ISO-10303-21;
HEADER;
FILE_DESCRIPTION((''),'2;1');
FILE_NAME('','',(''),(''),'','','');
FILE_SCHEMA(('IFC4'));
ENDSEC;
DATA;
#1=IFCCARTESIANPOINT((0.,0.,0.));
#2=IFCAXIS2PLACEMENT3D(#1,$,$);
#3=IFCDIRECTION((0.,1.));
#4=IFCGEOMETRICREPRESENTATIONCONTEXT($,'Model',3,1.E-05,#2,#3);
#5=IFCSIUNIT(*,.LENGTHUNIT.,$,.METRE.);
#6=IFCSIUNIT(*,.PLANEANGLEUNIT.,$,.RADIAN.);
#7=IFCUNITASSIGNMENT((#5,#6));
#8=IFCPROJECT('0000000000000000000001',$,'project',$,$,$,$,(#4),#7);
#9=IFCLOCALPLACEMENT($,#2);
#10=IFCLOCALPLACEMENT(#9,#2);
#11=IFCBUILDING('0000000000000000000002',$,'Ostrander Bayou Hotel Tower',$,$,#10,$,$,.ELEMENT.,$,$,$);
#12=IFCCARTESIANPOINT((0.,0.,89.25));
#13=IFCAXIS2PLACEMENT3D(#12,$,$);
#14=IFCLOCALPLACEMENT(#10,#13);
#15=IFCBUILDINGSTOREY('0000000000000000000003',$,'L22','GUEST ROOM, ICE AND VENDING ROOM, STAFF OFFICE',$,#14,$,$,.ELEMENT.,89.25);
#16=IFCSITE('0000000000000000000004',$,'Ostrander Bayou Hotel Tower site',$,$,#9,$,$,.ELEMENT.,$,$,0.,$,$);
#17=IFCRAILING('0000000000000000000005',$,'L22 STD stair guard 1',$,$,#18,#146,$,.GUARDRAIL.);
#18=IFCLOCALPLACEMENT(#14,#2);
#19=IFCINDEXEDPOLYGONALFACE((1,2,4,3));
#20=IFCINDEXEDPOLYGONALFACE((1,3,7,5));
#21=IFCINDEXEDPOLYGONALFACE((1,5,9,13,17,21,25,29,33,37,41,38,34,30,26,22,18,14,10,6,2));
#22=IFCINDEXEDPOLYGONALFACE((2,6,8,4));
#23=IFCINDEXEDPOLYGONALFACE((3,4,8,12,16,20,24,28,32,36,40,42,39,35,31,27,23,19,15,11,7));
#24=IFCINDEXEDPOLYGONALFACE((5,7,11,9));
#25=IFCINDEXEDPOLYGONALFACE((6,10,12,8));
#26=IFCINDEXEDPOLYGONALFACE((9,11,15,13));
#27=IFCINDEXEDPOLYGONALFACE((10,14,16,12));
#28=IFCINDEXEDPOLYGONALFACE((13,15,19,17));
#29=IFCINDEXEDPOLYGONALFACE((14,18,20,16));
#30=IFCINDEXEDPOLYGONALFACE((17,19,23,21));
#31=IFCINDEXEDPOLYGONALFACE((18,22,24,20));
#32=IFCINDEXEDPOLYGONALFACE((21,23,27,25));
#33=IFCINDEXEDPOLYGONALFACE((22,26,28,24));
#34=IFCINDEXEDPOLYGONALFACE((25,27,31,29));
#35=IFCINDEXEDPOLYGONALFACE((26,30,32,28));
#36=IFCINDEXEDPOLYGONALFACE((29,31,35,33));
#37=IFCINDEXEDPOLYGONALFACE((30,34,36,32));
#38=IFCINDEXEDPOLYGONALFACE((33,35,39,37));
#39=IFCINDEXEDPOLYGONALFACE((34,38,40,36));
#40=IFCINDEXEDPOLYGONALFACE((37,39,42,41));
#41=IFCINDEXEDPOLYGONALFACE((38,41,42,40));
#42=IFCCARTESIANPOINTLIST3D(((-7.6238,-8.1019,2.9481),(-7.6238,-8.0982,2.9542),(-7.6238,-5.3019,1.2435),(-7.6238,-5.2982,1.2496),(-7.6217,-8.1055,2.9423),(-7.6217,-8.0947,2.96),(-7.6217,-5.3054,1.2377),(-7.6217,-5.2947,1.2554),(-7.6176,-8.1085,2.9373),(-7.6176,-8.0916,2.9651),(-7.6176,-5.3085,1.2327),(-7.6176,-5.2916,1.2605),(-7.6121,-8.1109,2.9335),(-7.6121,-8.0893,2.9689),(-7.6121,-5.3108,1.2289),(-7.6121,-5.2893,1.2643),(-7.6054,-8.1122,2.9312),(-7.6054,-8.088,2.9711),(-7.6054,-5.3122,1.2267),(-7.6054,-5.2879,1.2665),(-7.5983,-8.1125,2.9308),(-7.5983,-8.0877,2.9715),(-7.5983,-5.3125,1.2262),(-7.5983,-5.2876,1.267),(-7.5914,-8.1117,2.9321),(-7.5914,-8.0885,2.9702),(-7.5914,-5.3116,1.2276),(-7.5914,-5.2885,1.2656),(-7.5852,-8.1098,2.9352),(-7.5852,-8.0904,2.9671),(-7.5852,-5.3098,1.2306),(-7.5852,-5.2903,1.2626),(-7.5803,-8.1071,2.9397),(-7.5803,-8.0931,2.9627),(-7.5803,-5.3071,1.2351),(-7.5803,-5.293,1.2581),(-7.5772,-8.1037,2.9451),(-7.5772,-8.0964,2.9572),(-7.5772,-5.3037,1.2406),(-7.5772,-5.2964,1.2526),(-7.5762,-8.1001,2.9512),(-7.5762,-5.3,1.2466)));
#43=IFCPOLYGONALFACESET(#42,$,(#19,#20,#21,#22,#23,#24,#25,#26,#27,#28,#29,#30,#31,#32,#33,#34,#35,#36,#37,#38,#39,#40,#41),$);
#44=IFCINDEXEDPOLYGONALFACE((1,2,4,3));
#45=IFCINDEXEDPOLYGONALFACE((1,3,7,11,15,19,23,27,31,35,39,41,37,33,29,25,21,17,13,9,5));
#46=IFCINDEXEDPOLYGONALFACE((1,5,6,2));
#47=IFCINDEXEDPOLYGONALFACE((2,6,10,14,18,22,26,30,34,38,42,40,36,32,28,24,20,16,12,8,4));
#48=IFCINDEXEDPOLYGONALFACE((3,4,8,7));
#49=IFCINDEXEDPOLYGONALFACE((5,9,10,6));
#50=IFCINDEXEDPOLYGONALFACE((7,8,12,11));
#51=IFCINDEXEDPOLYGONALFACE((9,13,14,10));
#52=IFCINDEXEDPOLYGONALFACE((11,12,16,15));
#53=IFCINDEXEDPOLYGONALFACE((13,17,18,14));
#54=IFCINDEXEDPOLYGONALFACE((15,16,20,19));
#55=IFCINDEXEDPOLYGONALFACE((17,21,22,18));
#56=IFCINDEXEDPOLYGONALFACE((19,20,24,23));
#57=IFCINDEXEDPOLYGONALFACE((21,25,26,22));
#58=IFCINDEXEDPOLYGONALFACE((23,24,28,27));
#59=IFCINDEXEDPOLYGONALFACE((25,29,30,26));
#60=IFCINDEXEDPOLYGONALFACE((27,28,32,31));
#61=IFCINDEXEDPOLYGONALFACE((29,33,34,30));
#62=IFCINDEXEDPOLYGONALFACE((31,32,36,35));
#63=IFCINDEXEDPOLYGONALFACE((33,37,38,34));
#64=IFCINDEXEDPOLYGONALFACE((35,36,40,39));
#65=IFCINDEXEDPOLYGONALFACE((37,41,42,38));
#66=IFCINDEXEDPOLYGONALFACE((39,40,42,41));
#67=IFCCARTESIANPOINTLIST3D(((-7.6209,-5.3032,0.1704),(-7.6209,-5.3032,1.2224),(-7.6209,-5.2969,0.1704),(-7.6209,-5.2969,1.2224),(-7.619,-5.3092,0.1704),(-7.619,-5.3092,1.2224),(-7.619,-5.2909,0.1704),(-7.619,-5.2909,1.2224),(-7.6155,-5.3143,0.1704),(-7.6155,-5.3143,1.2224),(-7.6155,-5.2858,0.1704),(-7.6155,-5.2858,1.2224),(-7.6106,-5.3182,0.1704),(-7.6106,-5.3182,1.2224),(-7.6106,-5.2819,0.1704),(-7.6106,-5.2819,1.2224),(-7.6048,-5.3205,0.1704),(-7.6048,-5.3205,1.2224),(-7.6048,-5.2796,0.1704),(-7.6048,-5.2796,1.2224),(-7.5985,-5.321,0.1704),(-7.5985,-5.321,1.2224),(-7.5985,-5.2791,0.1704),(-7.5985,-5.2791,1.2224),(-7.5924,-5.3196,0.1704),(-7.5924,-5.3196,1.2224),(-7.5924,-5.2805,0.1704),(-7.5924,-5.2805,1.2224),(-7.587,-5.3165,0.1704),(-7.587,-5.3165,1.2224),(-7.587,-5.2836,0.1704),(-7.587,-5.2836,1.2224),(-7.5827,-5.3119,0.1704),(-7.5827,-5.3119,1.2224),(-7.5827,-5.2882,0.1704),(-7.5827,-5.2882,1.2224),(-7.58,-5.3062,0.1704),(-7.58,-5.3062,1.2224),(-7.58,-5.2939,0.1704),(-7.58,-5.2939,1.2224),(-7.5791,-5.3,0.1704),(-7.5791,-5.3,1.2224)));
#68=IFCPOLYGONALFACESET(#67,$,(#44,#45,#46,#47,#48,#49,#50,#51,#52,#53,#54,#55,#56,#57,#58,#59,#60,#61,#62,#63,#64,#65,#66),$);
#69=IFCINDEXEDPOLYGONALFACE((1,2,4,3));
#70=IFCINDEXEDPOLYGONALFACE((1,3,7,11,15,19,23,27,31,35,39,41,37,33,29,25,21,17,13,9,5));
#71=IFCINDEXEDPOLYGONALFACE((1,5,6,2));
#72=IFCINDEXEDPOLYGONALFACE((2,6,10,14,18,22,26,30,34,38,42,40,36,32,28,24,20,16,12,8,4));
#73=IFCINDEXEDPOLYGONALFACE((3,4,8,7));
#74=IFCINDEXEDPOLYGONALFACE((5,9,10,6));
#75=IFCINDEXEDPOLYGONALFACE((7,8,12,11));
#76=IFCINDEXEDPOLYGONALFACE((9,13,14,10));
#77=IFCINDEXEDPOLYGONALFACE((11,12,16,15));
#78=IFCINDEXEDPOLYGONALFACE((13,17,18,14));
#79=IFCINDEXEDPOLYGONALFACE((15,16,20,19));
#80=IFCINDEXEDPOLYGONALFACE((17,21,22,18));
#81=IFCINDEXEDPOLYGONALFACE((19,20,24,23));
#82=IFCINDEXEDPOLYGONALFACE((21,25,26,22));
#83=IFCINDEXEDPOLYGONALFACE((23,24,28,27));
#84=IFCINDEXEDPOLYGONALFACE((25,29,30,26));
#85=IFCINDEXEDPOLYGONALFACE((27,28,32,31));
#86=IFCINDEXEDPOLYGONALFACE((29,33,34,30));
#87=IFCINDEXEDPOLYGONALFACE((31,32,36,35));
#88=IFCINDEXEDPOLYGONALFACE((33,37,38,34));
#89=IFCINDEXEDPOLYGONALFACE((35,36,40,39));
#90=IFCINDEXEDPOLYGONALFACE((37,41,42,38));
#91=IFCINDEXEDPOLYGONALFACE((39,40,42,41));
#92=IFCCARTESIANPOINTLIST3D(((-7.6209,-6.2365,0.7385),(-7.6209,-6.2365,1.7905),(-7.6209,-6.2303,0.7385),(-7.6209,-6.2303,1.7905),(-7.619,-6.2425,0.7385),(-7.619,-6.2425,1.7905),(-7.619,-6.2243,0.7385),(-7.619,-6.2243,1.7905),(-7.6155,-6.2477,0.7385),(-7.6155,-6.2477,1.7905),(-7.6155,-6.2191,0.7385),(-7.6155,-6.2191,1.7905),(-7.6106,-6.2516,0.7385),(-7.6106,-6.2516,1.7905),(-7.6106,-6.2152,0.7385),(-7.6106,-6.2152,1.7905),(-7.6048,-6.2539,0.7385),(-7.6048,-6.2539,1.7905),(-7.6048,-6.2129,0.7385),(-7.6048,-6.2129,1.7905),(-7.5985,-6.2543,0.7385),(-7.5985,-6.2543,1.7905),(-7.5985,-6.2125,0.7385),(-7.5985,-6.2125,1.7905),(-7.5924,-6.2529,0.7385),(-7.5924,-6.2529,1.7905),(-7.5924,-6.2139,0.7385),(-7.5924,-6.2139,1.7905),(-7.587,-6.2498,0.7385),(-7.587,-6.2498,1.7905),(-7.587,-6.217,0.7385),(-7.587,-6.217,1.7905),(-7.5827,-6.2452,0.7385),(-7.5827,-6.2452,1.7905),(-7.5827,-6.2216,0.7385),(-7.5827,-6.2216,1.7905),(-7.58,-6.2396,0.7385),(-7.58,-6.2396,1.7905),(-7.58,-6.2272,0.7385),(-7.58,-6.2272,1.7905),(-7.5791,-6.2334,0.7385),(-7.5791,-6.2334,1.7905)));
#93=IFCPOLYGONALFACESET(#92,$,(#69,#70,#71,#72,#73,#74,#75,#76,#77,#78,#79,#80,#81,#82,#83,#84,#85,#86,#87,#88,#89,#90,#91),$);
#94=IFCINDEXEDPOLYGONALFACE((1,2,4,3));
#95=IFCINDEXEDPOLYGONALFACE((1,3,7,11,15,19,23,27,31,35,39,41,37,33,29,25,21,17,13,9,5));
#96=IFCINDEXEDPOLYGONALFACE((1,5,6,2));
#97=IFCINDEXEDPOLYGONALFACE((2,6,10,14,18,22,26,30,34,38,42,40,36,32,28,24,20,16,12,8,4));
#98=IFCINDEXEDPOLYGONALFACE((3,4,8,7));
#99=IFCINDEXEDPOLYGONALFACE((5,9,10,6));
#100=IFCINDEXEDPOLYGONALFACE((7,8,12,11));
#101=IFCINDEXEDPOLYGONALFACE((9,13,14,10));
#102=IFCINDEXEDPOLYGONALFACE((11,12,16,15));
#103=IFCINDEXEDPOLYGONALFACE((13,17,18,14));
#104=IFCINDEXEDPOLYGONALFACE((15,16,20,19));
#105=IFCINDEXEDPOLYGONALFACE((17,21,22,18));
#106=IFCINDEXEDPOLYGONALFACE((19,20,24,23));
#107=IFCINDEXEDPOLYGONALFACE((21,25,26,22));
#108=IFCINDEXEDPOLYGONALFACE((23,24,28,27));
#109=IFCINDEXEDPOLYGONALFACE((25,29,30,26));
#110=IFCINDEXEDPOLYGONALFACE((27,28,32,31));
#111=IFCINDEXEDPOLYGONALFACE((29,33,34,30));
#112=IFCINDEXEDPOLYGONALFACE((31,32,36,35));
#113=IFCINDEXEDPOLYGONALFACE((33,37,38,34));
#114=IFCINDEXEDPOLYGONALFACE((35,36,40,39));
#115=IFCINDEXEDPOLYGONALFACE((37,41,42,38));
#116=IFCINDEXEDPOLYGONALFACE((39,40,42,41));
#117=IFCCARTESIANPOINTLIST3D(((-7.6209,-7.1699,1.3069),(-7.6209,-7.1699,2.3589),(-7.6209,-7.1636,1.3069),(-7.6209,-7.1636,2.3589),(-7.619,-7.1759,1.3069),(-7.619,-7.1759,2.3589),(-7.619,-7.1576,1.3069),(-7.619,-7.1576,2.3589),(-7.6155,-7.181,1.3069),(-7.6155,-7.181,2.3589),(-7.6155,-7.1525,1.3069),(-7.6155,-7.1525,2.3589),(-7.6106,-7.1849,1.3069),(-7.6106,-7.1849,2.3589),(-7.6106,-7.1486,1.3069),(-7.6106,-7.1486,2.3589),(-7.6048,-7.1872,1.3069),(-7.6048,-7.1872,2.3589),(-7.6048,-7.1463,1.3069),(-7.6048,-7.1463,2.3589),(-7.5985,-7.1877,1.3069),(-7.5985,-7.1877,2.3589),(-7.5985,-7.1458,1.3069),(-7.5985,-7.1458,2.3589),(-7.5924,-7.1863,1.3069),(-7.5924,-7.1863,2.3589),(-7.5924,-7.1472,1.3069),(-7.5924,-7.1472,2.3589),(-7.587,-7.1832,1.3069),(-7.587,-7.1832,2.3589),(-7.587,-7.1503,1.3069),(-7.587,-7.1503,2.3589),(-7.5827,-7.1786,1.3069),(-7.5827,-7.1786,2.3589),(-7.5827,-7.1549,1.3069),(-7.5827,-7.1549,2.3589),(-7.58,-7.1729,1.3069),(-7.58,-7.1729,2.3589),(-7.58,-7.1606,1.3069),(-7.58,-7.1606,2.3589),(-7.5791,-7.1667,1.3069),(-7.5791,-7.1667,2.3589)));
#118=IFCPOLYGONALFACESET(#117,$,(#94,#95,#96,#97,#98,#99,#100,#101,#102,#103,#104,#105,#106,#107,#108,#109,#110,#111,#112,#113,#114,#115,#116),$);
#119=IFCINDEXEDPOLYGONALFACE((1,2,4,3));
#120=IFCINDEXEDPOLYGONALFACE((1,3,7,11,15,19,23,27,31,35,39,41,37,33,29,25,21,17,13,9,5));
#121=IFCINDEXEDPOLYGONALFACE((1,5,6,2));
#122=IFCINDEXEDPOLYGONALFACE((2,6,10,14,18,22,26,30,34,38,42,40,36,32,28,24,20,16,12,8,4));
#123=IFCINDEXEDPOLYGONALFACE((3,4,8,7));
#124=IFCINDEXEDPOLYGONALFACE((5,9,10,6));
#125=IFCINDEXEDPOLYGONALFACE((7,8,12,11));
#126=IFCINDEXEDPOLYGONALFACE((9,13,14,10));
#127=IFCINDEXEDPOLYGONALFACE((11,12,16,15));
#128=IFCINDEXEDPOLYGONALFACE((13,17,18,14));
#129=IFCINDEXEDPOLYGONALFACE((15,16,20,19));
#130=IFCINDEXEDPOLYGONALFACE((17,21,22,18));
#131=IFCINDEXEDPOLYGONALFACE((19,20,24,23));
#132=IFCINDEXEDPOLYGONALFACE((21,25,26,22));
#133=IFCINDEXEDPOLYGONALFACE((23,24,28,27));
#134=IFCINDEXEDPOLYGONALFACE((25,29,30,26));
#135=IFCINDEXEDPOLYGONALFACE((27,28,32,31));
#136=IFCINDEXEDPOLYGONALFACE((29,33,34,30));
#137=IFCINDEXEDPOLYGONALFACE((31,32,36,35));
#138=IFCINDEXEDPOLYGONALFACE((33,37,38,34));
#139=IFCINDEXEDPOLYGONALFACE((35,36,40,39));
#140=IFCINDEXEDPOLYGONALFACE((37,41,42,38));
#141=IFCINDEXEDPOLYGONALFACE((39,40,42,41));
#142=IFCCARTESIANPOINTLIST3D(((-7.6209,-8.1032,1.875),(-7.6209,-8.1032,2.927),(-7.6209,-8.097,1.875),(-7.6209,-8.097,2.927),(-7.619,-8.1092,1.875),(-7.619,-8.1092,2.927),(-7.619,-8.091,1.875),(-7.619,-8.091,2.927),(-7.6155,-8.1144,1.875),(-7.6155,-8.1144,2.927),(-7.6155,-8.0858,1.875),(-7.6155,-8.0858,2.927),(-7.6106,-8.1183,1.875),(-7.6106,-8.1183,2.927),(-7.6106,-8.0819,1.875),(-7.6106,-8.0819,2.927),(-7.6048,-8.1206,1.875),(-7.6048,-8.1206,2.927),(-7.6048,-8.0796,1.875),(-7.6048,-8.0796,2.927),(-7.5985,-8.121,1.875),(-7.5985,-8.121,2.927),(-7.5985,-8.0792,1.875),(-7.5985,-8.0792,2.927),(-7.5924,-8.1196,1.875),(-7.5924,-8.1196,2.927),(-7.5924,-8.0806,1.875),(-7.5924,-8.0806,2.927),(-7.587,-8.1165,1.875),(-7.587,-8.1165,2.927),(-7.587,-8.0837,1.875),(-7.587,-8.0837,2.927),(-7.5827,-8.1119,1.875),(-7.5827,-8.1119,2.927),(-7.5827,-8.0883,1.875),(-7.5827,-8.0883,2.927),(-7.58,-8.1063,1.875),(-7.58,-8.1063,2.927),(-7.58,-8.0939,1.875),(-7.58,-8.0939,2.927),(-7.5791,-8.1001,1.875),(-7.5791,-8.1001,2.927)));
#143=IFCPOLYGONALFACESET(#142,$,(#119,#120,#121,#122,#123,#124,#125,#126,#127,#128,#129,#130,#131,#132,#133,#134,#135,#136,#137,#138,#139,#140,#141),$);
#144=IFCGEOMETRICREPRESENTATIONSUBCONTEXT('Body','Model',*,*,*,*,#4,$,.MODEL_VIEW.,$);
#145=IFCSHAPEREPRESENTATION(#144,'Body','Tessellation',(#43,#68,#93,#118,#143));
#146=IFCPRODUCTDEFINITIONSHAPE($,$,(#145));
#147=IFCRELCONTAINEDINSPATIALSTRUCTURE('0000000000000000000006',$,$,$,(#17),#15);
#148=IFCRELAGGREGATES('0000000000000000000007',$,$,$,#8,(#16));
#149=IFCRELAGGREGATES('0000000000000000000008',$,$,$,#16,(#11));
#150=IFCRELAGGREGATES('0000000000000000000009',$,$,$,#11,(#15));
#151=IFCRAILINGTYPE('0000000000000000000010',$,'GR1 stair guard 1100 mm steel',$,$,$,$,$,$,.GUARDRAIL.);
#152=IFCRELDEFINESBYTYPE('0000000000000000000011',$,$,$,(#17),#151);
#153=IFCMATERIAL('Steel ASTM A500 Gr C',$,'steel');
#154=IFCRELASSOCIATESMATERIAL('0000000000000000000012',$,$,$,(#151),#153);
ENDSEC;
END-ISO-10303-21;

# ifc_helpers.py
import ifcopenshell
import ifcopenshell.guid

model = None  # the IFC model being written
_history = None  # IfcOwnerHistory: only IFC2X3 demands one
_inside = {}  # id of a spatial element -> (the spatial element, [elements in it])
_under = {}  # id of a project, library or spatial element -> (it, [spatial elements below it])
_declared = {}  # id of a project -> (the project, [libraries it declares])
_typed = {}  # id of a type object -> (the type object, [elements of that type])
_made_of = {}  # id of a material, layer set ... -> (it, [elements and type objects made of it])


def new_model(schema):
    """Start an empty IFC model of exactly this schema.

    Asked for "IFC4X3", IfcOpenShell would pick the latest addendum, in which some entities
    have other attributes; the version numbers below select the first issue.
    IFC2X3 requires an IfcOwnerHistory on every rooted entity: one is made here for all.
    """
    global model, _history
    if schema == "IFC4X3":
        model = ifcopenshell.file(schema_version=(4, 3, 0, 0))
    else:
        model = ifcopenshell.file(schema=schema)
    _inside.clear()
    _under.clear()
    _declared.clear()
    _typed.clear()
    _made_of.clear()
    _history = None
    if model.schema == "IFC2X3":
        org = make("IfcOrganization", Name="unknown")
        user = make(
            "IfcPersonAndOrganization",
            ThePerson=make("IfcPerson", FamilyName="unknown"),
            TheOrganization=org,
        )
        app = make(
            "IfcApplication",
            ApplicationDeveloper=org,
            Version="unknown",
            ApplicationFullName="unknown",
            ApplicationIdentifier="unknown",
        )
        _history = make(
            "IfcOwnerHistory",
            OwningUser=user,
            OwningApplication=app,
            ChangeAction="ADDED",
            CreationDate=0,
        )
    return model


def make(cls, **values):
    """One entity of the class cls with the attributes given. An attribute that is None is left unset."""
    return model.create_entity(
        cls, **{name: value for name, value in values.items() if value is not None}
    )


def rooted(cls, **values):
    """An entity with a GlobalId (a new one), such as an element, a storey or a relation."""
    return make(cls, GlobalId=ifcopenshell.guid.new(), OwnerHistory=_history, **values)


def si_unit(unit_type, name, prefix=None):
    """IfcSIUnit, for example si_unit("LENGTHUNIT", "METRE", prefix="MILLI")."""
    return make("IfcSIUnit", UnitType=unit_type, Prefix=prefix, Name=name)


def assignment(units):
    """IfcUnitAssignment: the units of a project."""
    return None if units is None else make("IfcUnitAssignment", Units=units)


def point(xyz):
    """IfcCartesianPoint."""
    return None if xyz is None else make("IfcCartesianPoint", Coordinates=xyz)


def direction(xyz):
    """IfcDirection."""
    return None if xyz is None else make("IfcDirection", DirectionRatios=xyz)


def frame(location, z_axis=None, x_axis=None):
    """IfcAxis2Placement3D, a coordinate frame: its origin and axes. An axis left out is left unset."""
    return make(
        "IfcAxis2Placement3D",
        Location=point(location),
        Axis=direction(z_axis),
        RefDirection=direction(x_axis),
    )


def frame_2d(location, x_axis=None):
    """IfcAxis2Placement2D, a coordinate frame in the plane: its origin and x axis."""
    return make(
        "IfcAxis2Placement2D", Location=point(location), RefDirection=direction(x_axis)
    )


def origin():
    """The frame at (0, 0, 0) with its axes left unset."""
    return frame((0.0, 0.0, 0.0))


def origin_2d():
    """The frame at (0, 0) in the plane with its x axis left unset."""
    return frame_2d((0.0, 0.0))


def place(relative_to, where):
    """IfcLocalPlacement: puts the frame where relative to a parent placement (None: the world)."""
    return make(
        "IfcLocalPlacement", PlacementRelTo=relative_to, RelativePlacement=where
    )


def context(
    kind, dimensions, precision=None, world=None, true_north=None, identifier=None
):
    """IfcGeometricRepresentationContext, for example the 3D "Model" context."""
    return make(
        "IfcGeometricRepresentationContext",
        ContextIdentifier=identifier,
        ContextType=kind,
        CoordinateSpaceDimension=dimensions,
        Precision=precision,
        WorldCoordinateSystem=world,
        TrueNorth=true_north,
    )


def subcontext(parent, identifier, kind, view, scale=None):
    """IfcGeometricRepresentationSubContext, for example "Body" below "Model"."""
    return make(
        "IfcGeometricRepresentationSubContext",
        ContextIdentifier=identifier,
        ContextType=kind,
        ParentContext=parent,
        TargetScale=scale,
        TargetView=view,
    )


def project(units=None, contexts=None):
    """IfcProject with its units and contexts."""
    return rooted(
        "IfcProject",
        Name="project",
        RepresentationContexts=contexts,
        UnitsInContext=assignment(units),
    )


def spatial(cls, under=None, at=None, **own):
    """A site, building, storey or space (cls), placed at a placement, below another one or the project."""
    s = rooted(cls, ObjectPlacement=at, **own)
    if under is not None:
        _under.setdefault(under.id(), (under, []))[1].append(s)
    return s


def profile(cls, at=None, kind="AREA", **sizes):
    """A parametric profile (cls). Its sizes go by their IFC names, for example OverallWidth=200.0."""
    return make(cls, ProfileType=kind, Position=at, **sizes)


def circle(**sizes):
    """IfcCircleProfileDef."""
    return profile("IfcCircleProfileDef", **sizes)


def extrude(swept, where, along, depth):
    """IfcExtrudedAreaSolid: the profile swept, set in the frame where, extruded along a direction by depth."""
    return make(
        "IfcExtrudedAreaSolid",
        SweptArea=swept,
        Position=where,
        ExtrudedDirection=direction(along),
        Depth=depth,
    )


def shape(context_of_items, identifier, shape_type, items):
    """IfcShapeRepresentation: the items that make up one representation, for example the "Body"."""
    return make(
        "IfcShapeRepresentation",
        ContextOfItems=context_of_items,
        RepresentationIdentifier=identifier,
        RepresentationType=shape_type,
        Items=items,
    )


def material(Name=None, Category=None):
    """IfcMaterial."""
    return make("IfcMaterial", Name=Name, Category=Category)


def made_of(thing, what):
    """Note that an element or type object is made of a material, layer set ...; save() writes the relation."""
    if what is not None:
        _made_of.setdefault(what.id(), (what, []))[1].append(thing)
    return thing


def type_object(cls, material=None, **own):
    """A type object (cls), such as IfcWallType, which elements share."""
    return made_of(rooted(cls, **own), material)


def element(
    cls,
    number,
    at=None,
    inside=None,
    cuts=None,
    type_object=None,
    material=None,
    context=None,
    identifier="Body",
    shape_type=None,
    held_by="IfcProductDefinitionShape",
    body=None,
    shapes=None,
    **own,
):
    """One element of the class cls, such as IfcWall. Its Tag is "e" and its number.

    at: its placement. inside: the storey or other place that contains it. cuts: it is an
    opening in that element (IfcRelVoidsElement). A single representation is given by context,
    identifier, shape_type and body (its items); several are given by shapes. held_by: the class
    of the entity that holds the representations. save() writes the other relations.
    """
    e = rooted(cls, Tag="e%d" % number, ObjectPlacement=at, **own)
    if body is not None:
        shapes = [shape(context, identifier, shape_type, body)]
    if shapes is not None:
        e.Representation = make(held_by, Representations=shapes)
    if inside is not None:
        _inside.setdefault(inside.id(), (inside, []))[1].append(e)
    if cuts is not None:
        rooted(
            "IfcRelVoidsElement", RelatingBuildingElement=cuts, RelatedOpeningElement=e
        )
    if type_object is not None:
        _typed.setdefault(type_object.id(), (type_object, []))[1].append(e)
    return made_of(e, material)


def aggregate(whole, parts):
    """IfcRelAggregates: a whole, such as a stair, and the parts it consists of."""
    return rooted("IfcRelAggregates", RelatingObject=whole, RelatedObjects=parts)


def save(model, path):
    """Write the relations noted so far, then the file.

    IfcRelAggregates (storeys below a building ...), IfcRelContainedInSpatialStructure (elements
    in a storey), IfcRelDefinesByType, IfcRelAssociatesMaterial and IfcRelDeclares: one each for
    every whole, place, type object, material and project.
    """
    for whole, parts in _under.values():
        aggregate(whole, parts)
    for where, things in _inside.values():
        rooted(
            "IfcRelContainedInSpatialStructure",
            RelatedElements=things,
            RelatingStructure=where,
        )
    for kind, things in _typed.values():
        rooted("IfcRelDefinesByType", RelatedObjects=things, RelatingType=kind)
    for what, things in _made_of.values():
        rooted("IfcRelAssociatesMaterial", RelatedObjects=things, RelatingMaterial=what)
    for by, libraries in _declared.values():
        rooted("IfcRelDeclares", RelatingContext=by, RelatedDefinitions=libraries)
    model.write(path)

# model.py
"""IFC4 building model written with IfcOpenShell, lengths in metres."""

from ifc_helpers import new_model, si_unit, direction, frame, origin, origin_2d, place, context, subcontext, project, spatial, circle, extrude, material, type_object, element, save


model = new_model("IFC4")

# Units and contexts
model_context = context("Model", 3, precision=1e-05, world=origin(), true_north=direction((0.0, 1.0)))
body_context = subcontext(model_context, "Body", "Model", "MODEL_VIEW")
ifc_project = project(units=[si_unit("LENGTHUNIT", "METRE"), si_unit("PLANEANGLEUNIT", "RADIAN")], contexts=[model_context])

# Site, building, storey
site_placement = place(None, origin())
site = spatial("IfcSite", under=ifc_project, at=site_placement, Name="Ostrander Bayou Hotel Tower site", CompositionType="ELEMENT", RefElevation=0.0)
building_placement = place(site_placement, origin())
building = spatial("IfcBuilding", under=site, at=building_placement, Name="Ostrander Bayou Hotel Tower", CompositionType="ELEMENT")
storey_placement = place(building_placement, frame((0.0, 0.0, 89.25)))
storey = spatial("IfcBuildingStorey", under=building, at=storey_placement, Name="L22", Description="GUEST ROOM, ICE AND VENDING ROOM, STAFF OFFICE", CompositionType="ELEMENT", Elevation=89.25)

# Railing
ifc_material_1 = material(Name="Steel ASTM A500 Gr C", Category="steel")
railing_type_1 = type_object("IfcRailingType", Name="GR1 stair guard 1100 mm steel", PredefinedType="GUARDRAIL", material=ifc_material_1)
railing_1_placement = place(storey_placement, frame((-7.6001, -5.3, 0.1704)))
element("IfcRailing", 1, at=railing_1_placement, inside=storey, type_object=railing_type_1, Name="L22 STD stair guard 1", PredefinedType="GUARDRAIL", context=body_context, shape_type="SweptSolid", body=[
    extrude(circle(Radius=0.0239, at=origin_2d()), frame((0.0, 0.0, 1.0762), z_axis=(0.0, -0.85417, 0.519994), x_axis=(1.0, 0.0, 0.0)), (0.0, 0.0, 1.0), 3.2781),
    extrude(circle(Radius=0.021, at=origin_2d()), origin(), (0.0, 0.0, 1.0), 1.052),
    extrude(circle(Radius=0.021, at=origin_2d()), frame((0.0, -0.9333, 0.5681)), (0.0, 0.0, 1.0), 1.052),
    extrude(circle(Radius=0.021, at=origin_2d()), frame((0.0, -1.8667, 1.1365)), (0.0, 0.0, 1.0), 1.052),
    extrude(circle(Radius=0.021, at=origin_2d()), frame((0.0, -2.8, 1.7046)), (0.0, 0.0, 1.0), 1.052),
])

save(model, "model.ifc")
